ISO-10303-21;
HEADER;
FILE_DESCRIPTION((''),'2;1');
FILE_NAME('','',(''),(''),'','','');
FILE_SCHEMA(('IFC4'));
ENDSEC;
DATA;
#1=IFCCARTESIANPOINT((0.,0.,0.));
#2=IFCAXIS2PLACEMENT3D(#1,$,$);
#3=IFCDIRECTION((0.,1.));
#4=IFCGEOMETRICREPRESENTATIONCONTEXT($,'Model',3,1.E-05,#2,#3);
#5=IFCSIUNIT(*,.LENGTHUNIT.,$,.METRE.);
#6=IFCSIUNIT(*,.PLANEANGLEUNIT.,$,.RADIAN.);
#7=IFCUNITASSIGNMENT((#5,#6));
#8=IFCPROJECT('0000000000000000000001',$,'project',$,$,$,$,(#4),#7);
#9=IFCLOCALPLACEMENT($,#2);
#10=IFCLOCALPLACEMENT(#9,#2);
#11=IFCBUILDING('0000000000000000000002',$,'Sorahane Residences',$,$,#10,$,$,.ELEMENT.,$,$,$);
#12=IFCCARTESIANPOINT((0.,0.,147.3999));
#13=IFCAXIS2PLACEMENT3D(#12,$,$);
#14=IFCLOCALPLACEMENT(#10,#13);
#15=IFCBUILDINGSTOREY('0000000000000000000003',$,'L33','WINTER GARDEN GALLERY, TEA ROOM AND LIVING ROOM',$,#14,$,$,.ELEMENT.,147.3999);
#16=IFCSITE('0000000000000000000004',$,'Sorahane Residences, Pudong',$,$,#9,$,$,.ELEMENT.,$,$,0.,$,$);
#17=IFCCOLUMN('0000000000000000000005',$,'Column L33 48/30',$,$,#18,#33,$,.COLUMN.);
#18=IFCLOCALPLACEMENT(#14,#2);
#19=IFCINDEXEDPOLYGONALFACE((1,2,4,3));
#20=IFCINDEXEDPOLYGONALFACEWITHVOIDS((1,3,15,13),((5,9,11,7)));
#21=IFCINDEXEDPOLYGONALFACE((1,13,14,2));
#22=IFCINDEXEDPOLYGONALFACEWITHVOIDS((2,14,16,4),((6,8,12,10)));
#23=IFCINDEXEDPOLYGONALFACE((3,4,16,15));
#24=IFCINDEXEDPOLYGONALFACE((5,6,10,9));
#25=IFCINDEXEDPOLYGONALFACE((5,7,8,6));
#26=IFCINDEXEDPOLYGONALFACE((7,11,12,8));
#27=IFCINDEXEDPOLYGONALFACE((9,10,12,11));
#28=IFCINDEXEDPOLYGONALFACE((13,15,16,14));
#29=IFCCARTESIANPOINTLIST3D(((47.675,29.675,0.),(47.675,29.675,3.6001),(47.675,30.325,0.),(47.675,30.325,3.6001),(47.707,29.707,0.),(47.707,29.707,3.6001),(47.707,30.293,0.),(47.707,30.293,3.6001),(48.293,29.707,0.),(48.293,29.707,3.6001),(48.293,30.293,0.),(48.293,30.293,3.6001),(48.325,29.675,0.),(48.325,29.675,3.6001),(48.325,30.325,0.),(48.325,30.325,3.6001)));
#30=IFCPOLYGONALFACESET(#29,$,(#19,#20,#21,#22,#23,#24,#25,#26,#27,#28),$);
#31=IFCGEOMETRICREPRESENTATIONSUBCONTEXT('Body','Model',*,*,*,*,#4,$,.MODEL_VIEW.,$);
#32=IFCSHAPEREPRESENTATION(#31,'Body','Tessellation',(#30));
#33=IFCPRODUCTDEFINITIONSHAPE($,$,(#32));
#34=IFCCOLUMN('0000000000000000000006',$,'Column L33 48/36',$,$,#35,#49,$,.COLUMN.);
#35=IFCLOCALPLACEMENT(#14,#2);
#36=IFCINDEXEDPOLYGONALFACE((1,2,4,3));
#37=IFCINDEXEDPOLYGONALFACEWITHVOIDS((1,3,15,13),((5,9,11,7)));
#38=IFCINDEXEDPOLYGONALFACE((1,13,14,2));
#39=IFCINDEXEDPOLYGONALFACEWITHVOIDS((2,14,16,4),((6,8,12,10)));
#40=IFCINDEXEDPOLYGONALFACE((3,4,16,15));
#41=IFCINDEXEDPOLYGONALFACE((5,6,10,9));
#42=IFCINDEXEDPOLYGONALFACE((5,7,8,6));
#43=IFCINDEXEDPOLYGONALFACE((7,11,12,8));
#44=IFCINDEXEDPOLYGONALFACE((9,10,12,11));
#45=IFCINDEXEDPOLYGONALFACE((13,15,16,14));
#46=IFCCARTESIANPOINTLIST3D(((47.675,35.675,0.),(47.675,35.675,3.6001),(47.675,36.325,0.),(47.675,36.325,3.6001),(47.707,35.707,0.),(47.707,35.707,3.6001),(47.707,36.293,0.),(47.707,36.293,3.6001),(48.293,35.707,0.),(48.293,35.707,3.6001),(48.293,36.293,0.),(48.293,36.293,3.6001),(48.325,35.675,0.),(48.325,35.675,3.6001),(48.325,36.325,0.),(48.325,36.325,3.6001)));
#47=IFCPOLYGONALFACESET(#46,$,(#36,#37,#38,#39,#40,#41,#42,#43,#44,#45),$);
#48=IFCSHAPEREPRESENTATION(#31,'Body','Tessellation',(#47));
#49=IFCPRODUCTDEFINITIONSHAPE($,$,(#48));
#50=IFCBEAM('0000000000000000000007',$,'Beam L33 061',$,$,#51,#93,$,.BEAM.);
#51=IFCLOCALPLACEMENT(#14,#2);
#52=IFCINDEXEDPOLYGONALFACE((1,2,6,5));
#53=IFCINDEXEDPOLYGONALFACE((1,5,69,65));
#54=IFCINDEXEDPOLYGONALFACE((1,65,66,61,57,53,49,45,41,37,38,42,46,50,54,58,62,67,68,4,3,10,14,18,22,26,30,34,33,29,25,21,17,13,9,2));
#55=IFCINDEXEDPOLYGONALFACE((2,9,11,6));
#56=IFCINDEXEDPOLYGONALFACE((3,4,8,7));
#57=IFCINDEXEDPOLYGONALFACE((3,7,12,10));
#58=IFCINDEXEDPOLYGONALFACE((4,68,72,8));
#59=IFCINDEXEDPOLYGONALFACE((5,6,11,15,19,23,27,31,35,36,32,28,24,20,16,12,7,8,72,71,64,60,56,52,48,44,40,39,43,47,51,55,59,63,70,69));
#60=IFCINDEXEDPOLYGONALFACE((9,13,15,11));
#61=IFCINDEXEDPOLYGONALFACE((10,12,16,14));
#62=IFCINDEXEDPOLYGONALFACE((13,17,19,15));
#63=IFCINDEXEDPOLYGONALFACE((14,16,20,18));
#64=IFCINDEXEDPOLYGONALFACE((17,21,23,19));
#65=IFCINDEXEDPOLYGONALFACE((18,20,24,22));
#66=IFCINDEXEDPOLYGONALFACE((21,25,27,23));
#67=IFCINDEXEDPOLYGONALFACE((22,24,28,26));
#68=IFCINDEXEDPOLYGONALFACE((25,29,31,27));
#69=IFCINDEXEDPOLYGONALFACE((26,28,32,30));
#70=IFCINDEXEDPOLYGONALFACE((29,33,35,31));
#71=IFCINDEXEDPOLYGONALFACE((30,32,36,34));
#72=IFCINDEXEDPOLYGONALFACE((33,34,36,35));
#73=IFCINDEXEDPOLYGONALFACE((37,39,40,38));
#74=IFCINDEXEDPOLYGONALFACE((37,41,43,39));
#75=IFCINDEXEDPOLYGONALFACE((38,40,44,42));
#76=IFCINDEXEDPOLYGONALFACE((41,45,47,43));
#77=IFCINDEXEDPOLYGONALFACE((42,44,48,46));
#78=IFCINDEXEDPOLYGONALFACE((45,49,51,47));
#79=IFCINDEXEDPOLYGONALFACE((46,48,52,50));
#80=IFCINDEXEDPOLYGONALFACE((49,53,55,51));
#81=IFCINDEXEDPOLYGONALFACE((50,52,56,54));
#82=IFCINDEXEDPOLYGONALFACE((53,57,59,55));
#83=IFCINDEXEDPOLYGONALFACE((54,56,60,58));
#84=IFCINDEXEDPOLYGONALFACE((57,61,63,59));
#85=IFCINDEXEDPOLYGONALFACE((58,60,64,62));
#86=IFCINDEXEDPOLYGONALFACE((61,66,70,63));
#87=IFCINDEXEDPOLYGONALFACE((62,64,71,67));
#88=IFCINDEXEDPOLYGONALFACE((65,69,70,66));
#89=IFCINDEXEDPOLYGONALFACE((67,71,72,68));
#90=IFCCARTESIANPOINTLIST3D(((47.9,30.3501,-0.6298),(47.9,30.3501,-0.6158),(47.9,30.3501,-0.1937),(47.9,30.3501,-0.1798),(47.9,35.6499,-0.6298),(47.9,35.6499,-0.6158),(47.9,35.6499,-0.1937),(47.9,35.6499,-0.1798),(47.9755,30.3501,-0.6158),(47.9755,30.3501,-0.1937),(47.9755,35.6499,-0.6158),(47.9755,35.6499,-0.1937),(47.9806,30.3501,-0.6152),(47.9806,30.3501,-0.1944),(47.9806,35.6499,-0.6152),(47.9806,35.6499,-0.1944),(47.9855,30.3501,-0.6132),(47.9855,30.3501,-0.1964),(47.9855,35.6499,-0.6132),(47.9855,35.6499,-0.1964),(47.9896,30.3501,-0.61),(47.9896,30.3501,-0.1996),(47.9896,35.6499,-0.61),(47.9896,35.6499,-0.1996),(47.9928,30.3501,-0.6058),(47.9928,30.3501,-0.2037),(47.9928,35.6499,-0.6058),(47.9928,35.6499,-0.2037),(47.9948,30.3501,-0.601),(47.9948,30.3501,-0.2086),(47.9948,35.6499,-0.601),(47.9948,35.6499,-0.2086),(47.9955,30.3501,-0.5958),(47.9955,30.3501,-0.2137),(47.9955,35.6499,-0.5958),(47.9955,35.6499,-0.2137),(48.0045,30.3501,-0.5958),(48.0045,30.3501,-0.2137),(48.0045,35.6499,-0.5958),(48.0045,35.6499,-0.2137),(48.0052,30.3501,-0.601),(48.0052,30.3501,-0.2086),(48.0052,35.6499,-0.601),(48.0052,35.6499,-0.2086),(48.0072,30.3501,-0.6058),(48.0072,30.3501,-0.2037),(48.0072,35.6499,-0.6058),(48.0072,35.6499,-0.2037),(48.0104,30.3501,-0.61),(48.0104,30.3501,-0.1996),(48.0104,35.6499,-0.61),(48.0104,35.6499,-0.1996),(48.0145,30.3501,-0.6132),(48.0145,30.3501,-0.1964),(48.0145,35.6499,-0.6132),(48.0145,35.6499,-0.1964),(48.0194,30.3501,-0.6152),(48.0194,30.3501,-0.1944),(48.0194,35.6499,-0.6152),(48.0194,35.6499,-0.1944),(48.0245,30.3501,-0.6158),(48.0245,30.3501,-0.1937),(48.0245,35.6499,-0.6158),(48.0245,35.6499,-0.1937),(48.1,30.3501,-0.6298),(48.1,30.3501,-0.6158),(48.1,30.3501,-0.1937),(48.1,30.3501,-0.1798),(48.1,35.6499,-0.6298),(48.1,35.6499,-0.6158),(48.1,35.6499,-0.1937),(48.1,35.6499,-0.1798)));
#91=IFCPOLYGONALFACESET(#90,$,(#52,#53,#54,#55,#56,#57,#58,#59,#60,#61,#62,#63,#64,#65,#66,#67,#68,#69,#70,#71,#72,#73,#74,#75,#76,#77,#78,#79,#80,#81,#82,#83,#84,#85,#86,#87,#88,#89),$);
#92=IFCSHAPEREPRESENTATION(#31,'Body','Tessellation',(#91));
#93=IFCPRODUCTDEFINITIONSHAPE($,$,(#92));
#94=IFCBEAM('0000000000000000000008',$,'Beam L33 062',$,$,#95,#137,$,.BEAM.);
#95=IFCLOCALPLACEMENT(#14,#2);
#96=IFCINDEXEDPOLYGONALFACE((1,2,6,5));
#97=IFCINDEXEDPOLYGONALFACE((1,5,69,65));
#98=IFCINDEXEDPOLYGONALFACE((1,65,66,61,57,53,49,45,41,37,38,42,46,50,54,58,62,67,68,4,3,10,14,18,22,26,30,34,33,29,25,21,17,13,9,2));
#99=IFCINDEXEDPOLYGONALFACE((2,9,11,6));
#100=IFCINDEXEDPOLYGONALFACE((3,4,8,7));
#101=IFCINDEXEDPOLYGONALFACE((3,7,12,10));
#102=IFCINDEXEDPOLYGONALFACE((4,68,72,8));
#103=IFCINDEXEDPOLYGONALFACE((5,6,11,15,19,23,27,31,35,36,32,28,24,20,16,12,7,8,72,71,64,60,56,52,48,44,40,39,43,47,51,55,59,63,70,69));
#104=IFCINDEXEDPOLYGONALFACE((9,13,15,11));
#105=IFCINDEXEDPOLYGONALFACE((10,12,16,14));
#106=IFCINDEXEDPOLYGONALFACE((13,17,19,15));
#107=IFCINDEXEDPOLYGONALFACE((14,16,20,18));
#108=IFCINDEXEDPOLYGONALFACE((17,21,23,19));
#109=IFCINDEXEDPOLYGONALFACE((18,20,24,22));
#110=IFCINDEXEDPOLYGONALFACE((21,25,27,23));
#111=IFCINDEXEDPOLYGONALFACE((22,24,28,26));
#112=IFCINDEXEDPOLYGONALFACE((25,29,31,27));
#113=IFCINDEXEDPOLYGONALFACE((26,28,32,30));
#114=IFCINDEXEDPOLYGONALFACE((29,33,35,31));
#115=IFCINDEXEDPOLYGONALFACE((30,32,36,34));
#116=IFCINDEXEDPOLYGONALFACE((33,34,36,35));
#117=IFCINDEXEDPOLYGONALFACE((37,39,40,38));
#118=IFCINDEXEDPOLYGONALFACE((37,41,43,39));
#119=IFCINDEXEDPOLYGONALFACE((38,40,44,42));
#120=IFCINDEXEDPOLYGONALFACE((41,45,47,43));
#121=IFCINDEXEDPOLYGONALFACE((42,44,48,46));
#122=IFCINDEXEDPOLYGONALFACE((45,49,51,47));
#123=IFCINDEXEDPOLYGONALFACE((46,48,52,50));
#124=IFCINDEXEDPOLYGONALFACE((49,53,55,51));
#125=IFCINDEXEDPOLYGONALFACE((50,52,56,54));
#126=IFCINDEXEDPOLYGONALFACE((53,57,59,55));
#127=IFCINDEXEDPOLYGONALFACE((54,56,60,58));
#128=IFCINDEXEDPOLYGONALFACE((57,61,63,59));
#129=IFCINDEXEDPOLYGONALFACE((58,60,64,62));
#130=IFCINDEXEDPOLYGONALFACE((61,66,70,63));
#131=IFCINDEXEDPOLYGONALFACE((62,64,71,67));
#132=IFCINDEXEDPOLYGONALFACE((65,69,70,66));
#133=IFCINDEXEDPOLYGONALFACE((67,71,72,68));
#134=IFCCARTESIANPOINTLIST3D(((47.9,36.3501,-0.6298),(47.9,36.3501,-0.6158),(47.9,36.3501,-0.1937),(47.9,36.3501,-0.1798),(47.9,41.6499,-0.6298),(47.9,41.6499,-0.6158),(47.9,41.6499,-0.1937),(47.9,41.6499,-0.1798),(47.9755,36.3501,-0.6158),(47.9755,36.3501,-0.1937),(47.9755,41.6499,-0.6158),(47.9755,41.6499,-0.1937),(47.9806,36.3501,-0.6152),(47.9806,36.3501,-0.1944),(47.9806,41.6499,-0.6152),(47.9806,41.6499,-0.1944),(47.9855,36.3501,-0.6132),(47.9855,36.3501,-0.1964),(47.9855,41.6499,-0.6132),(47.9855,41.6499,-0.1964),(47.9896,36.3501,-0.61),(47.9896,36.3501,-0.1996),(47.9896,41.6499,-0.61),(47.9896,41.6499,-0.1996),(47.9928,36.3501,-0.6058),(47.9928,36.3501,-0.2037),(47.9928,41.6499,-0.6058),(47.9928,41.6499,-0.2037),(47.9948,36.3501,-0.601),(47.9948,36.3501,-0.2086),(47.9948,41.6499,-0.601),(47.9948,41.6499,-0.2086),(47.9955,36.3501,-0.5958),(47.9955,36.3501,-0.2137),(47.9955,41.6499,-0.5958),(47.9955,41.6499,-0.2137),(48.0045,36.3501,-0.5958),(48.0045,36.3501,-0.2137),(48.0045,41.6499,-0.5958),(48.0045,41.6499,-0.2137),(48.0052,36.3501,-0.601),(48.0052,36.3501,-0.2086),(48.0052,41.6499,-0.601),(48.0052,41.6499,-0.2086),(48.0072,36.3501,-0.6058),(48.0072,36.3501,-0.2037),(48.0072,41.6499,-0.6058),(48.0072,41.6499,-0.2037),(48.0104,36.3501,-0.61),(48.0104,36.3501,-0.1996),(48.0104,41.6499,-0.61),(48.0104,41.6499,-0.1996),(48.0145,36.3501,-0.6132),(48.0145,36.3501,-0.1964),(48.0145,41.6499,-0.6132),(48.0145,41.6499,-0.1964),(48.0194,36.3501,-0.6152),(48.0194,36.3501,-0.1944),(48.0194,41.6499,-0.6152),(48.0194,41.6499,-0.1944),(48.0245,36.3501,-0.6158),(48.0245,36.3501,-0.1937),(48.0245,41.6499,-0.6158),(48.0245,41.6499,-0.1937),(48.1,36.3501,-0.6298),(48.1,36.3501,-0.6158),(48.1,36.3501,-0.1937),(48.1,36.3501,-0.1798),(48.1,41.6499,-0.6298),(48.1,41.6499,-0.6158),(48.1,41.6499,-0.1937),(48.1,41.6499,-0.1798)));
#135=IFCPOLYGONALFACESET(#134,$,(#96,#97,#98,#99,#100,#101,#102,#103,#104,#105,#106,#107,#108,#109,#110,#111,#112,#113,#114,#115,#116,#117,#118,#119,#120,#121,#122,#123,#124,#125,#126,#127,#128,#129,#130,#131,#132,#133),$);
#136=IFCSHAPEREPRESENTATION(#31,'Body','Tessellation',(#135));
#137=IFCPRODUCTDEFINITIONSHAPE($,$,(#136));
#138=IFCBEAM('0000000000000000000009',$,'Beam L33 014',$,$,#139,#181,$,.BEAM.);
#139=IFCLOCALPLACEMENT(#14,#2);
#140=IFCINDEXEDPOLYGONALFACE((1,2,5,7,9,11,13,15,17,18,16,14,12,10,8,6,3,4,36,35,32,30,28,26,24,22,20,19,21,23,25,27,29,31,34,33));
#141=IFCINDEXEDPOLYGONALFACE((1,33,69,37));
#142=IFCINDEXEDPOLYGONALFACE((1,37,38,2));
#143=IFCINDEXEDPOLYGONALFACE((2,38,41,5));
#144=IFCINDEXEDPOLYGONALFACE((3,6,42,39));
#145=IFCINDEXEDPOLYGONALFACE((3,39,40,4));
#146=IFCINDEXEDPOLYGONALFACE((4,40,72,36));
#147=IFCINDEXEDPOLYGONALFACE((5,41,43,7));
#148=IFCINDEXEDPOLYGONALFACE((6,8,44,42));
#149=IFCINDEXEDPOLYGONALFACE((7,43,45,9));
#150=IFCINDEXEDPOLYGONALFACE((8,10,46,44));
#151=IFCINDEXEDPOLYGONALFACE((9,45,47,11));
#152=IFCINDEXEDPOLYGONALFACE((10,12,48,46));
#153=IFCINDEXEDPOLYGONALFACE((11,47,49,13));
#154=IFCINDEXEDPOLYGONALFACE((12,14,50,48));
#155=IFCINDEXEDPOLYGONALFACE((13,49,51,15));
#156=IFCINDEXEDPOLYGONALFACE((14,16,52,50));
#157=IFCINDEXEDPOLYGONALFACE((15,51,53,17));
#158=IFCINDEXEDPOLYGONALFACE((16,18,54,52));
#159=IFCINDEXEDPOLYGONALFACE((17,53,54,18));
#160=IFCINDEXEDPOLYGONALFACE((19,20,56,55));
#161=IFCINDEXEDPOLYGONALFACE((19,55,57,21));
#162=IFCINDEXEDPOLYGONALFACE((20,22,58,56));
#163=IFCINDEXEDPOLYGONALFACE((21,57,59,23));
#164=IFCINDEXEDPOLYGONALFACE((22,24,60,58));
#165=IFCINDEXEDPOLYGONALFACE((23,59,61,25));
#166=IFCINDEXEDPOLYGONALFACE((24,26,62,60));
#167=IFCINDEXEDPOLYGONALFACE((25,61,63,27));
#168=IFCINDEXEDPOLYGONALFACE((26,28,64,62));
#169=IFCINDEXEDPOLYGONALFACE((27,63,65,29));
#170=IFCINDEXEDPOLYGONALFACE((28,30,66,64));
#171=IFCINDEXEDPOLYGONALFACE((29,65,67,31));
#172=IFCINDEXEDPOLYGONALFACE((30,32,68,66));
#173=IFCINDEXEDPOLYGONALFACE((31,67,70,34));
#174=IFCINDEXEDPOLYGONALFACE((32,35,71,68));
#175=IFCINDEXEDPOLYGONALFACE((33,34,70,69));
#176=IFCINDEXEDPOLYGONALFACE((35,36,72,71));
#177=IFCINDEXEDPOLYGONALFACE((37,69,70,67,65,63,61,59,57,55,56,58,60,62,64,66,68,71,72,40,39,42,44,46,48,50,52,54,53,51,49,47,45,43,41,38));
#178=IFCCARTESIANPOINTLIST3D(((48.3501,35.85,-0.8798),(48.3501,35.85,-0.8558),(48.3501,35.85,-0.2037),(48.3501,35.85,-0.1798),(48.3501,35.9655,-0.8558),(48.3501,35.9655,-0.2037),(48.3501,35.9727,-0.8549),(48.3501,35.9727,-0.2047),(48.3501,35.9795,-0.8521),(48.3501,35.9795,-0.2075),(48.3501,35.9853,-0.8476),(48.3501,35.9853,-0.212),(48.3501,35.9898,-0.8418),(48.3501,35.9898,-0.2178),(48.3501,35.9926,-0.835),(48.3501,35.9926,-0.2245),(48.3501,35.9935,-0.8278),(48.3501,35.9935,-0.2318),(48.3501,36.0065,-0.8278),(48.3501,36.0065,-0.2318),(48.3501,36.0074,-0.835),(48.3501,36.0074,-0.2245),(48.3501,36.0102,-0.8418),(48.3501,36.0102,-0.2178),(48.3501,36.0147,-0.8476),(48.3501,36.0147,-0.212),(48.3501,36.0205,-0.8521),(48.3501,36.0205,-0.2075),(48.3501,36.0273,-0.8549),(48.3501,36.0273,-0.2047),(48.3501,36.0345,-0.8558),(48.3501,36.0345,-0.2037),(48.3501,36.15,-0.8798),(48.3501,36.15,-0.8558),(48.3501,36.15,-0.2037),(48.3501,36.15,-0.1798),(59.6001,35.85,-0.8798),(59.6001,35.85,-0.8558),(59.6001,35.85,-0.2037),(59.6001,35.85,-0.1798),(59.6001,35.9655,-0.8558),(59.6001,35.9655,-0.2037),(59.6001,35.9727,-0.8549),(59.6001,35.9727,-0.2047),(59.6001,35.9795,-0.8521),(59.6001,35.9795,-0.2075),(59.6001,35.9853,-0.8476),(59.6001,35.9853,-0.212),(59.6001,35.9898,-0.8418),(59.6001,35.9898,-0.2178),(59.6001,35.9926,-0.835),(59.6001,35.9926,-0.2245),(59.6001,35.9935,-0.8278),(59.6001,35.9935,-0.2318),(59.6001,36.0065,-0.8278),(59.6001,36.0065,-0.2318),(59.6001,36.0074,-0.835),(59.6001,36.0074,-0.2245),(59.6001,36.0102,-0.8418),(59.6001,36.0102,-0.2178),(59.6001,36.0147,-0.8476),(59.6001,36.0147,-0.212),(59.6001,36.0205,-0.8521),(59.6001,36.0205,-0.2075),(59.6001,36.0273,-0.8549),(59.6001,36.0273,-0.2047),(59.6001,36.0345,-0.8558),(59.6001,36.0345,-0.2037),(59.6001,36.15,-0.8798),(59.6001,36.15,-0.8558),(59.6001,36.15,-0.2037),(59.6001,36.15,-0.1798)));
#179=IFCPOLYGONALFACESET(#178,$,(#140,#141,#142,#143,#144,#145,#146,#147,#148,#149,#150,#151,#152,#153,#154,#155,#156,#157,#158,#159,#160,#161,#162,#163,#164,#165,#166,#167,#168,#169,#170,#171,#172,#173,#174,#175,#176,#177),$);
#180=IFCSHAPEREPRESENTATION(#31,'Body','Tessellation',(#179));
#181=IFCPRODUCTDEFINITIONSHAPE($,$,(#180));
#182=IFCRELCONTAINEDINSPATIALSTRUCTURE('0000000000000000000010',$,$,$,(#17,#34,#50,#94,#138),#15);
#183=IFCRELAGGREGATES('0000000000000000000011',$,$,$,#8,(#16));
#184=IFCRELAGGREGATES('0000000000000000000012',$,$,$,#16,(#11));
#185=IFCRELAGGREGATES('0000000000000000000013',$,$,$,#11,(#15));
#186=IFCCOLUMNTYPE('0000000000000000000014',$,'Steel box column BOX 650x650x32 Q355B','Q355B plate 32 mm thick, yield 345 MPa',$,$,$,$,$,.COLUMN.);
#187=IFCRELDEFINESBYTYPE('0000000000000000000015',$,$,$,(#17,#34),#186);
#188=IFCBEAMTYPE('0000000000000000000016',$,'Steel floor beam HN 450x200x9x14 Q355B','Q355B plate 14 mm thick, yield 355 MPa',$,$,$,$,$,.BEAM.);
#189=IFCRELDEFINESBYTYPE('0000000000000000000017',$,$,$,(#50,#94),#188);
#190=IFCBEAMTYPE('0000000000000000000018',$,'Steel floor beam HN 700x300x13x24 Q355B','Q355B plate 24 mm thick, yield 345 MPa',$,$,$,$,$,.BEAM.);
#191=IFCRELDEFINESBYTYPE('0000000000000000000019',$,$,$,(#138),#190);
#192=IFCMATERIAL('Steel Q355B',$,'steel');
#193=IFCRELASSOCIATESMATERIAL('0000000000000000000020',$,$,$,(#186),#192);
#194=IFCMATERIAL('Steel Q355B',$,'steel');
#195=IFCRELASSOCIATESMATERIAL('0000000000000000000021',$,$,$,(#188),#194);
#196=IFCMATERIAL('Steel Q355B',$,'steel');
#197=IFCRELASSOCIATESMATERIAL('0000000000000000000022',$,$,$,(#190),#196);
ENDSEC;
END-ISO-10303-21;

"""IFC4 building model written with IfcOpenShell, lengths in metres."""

from ifc_helpers import new_model, si_unit, direction, frame, origin, origin_2d, place, context, subcontext, project, spatial, hollow_rectangle, i_section, extrude, material, material_profile, profile_set, type_object, element, save


model = new_model("IFC4")

# Units and contexts
model_context = context("Model", 3, precision=1e-05, world=origin(), true_north=direction((0.0, 1.0)))
body_context = subcontext(model_context, "Body", "Model", "MODEL_VIEW")
ifc_project = project(units=[si_unit("LENGTHUNIT", "METRE"), si_unit("PLANEANGLEUNIT", "RADIAN")], contexts=[model_context])

# Site, building, storey
site_placement = place(None, origin())
site = spatial("IfcSite", under=ifc_project, at=site_placement, Name="Sorahane Residences, Pudong", CompositionType="ELEMENT", RefElevation=0.0)
building_placement = place(site_placement, origin())
building = spatial("IfcBuilding", under=site, at=building_placement, Name="Sorahane Residences", CompositionType="ELEMENT")
storey_placement = place(building_placement, frame((0.0, 0.0, 147.3999)))
storey = spatial("IfcBuildingStorey", under=building, at=storey_placement, Name="L33", Description="WINTER GARDEN GALLERY, TEA ROOM AND LIVING ROOM", CompositionType="ELEMENT", Elevation=147.3999)

# Columns
ifc_material_1 = material(Name="Steel Q355B", Category="steel")
ifc_material_profile_1 = material_profile(ifc_material_1, hollow_rectangle(XDim=0.6499, YDim=0.6499, WallThickness=0.032, at=origin_2d()), Name="BOX 650x650x32")
ifc_profile_set_1 = profile_set([ifc_material_profile_1], Name="Steel Q355B")
column_type = type_object("IfcColumnType", Name="Steel box column BOX 650x650x32 Q355B", Description="Q355B plate 32 mm thick, yield 345 MPa", PredefinedType="COLUMN", material=ifc_profile_set_1)
for number, where, z_axis, x_axis, name in (
    (1, (48.0, 30.0, 0.0), (0.0, 0.0, 1.0), (1.0, 0.0, 0.0), "Column L33 48/30"),
    (2, (48.0, 36.0, 0.0), (0.0, 0.0, 1.0), (1.0, 0.0, 0.0), "Column L33 48/36"),
):
    element("IfcColumn", number, at=place(storey_placement, frame(where, z_axis=z_axis, x_axis=x_axis)), inside=storey, type_object=column_type, Name=name, PredefinedType="COLUMN", context=body_context, shape_type="SweptSolid", body=[
        extrude(hollow_rectangle(XDim=0.6499, YDim=0.6499, WallThickness=0.032, at=origin_2d()), origin(), (0.0, 0.0, 1.0), 3.6001),
    ])

# Beams
ifc_material_2 = material(Name="Steel Q355B", Category="steel")
ifc_material_profile_2 = material_profile(ifc_material_2, i_section(OverallWidth=0.2, OverallDepth=0.45, WebThickness=0.009, FlangeThickness=0.0139, FilletRadius=0.02, at=origin_2d()), Name="HN 450x200x9x14")
ifc_profile_set_2 = profile_set([ifc_material_profile_2], Name="Steel Q355B")
beam_type_1 = type_object("IfcBeamType", Name="Steel floor beam HN 450x200x9x14 Q355B", Description="Q355B plate 14 mm thick, yield 355 MPa", PredefinedType="BEAM", material=ifc_profile_set_2)
for number, where, z_axis, x_axis, name in (
    (3, (48.0, 30.3501, -0.4048), (0.0, 1.0, 0.0), (-1.0, 0.0, 0.0), "Beam L33 061"),
    (4, (48.0, 36.3501, -0.4048), (0.0, 1.0, 0.0), (-1.0, 0.0, 0.0), "Beam L33 062"),
):
    element("IfcBeam", number, at=place(storey_placement, frame(where, z_axis=z_axis, x_axis=x_axis)), inside=storey, type_object=beam_type_1, Name=name, PredefinedType="BEAM", context=body_context, shape_type="SweptSolid", body=[
        extrude(i_section(OverallWidth=0.2, OverallDepth=0.45, WebThickness=0.009, FlangeThickness=0.0139, FilletRadius=0.02, at=origin_2d()), origin(), (0.0, 0.0, 1.0), 5.2998),
    ])
ifc_material_3 = material(Name="Steel Q355B", Category="steel")
ifc_material_profile_3 = material_profile(ifc_material_3, i_section(OverallWidth=0.3, OverallDepth=0.7, WebThickness=0.0129, FlangeThickness=0.0239, FilletRadius=0.0281, at=origin_2d()), Name="HN 700x300x13x24")
ifc_profile_set_3 = profile_set([ifc_material_profile_3], Name="Steel Q355B")
beam_type_2 = type_object("IfcBeamType", Name="Steel floor beam HN 700x300x13x24 Q355B", Description="Q355B plate 24 mm thick, yield 345 MPa", PredefinedType="BEAM", material=ifc_profile_set_3)
beam_1_placement = place(storey_placement, frame((48.3501, 36.0, -0.5298), z_axis=(1.0, 0.0, 0.0), x_axis=(0.0, 1.0, 0.0)))
element("IfcBeam", 5, at=beam_1_placement, inside=storey, type_object=beam_type_2, Name="Beam L33 014", PredefinedType="BEAM", context=body_context, shape_type="SweptSolid", body=[
    extrude(i_section(OverallWidth=0.3, OverallDepth=0.7, WebThickness=0.0129, FlangeThickness=0.0239, FilletRadius=0.0281, at=origin_2d()), origin(), (0.0, 0.0, 1.0), 11.25),
])

save(model, "model.ifc")
